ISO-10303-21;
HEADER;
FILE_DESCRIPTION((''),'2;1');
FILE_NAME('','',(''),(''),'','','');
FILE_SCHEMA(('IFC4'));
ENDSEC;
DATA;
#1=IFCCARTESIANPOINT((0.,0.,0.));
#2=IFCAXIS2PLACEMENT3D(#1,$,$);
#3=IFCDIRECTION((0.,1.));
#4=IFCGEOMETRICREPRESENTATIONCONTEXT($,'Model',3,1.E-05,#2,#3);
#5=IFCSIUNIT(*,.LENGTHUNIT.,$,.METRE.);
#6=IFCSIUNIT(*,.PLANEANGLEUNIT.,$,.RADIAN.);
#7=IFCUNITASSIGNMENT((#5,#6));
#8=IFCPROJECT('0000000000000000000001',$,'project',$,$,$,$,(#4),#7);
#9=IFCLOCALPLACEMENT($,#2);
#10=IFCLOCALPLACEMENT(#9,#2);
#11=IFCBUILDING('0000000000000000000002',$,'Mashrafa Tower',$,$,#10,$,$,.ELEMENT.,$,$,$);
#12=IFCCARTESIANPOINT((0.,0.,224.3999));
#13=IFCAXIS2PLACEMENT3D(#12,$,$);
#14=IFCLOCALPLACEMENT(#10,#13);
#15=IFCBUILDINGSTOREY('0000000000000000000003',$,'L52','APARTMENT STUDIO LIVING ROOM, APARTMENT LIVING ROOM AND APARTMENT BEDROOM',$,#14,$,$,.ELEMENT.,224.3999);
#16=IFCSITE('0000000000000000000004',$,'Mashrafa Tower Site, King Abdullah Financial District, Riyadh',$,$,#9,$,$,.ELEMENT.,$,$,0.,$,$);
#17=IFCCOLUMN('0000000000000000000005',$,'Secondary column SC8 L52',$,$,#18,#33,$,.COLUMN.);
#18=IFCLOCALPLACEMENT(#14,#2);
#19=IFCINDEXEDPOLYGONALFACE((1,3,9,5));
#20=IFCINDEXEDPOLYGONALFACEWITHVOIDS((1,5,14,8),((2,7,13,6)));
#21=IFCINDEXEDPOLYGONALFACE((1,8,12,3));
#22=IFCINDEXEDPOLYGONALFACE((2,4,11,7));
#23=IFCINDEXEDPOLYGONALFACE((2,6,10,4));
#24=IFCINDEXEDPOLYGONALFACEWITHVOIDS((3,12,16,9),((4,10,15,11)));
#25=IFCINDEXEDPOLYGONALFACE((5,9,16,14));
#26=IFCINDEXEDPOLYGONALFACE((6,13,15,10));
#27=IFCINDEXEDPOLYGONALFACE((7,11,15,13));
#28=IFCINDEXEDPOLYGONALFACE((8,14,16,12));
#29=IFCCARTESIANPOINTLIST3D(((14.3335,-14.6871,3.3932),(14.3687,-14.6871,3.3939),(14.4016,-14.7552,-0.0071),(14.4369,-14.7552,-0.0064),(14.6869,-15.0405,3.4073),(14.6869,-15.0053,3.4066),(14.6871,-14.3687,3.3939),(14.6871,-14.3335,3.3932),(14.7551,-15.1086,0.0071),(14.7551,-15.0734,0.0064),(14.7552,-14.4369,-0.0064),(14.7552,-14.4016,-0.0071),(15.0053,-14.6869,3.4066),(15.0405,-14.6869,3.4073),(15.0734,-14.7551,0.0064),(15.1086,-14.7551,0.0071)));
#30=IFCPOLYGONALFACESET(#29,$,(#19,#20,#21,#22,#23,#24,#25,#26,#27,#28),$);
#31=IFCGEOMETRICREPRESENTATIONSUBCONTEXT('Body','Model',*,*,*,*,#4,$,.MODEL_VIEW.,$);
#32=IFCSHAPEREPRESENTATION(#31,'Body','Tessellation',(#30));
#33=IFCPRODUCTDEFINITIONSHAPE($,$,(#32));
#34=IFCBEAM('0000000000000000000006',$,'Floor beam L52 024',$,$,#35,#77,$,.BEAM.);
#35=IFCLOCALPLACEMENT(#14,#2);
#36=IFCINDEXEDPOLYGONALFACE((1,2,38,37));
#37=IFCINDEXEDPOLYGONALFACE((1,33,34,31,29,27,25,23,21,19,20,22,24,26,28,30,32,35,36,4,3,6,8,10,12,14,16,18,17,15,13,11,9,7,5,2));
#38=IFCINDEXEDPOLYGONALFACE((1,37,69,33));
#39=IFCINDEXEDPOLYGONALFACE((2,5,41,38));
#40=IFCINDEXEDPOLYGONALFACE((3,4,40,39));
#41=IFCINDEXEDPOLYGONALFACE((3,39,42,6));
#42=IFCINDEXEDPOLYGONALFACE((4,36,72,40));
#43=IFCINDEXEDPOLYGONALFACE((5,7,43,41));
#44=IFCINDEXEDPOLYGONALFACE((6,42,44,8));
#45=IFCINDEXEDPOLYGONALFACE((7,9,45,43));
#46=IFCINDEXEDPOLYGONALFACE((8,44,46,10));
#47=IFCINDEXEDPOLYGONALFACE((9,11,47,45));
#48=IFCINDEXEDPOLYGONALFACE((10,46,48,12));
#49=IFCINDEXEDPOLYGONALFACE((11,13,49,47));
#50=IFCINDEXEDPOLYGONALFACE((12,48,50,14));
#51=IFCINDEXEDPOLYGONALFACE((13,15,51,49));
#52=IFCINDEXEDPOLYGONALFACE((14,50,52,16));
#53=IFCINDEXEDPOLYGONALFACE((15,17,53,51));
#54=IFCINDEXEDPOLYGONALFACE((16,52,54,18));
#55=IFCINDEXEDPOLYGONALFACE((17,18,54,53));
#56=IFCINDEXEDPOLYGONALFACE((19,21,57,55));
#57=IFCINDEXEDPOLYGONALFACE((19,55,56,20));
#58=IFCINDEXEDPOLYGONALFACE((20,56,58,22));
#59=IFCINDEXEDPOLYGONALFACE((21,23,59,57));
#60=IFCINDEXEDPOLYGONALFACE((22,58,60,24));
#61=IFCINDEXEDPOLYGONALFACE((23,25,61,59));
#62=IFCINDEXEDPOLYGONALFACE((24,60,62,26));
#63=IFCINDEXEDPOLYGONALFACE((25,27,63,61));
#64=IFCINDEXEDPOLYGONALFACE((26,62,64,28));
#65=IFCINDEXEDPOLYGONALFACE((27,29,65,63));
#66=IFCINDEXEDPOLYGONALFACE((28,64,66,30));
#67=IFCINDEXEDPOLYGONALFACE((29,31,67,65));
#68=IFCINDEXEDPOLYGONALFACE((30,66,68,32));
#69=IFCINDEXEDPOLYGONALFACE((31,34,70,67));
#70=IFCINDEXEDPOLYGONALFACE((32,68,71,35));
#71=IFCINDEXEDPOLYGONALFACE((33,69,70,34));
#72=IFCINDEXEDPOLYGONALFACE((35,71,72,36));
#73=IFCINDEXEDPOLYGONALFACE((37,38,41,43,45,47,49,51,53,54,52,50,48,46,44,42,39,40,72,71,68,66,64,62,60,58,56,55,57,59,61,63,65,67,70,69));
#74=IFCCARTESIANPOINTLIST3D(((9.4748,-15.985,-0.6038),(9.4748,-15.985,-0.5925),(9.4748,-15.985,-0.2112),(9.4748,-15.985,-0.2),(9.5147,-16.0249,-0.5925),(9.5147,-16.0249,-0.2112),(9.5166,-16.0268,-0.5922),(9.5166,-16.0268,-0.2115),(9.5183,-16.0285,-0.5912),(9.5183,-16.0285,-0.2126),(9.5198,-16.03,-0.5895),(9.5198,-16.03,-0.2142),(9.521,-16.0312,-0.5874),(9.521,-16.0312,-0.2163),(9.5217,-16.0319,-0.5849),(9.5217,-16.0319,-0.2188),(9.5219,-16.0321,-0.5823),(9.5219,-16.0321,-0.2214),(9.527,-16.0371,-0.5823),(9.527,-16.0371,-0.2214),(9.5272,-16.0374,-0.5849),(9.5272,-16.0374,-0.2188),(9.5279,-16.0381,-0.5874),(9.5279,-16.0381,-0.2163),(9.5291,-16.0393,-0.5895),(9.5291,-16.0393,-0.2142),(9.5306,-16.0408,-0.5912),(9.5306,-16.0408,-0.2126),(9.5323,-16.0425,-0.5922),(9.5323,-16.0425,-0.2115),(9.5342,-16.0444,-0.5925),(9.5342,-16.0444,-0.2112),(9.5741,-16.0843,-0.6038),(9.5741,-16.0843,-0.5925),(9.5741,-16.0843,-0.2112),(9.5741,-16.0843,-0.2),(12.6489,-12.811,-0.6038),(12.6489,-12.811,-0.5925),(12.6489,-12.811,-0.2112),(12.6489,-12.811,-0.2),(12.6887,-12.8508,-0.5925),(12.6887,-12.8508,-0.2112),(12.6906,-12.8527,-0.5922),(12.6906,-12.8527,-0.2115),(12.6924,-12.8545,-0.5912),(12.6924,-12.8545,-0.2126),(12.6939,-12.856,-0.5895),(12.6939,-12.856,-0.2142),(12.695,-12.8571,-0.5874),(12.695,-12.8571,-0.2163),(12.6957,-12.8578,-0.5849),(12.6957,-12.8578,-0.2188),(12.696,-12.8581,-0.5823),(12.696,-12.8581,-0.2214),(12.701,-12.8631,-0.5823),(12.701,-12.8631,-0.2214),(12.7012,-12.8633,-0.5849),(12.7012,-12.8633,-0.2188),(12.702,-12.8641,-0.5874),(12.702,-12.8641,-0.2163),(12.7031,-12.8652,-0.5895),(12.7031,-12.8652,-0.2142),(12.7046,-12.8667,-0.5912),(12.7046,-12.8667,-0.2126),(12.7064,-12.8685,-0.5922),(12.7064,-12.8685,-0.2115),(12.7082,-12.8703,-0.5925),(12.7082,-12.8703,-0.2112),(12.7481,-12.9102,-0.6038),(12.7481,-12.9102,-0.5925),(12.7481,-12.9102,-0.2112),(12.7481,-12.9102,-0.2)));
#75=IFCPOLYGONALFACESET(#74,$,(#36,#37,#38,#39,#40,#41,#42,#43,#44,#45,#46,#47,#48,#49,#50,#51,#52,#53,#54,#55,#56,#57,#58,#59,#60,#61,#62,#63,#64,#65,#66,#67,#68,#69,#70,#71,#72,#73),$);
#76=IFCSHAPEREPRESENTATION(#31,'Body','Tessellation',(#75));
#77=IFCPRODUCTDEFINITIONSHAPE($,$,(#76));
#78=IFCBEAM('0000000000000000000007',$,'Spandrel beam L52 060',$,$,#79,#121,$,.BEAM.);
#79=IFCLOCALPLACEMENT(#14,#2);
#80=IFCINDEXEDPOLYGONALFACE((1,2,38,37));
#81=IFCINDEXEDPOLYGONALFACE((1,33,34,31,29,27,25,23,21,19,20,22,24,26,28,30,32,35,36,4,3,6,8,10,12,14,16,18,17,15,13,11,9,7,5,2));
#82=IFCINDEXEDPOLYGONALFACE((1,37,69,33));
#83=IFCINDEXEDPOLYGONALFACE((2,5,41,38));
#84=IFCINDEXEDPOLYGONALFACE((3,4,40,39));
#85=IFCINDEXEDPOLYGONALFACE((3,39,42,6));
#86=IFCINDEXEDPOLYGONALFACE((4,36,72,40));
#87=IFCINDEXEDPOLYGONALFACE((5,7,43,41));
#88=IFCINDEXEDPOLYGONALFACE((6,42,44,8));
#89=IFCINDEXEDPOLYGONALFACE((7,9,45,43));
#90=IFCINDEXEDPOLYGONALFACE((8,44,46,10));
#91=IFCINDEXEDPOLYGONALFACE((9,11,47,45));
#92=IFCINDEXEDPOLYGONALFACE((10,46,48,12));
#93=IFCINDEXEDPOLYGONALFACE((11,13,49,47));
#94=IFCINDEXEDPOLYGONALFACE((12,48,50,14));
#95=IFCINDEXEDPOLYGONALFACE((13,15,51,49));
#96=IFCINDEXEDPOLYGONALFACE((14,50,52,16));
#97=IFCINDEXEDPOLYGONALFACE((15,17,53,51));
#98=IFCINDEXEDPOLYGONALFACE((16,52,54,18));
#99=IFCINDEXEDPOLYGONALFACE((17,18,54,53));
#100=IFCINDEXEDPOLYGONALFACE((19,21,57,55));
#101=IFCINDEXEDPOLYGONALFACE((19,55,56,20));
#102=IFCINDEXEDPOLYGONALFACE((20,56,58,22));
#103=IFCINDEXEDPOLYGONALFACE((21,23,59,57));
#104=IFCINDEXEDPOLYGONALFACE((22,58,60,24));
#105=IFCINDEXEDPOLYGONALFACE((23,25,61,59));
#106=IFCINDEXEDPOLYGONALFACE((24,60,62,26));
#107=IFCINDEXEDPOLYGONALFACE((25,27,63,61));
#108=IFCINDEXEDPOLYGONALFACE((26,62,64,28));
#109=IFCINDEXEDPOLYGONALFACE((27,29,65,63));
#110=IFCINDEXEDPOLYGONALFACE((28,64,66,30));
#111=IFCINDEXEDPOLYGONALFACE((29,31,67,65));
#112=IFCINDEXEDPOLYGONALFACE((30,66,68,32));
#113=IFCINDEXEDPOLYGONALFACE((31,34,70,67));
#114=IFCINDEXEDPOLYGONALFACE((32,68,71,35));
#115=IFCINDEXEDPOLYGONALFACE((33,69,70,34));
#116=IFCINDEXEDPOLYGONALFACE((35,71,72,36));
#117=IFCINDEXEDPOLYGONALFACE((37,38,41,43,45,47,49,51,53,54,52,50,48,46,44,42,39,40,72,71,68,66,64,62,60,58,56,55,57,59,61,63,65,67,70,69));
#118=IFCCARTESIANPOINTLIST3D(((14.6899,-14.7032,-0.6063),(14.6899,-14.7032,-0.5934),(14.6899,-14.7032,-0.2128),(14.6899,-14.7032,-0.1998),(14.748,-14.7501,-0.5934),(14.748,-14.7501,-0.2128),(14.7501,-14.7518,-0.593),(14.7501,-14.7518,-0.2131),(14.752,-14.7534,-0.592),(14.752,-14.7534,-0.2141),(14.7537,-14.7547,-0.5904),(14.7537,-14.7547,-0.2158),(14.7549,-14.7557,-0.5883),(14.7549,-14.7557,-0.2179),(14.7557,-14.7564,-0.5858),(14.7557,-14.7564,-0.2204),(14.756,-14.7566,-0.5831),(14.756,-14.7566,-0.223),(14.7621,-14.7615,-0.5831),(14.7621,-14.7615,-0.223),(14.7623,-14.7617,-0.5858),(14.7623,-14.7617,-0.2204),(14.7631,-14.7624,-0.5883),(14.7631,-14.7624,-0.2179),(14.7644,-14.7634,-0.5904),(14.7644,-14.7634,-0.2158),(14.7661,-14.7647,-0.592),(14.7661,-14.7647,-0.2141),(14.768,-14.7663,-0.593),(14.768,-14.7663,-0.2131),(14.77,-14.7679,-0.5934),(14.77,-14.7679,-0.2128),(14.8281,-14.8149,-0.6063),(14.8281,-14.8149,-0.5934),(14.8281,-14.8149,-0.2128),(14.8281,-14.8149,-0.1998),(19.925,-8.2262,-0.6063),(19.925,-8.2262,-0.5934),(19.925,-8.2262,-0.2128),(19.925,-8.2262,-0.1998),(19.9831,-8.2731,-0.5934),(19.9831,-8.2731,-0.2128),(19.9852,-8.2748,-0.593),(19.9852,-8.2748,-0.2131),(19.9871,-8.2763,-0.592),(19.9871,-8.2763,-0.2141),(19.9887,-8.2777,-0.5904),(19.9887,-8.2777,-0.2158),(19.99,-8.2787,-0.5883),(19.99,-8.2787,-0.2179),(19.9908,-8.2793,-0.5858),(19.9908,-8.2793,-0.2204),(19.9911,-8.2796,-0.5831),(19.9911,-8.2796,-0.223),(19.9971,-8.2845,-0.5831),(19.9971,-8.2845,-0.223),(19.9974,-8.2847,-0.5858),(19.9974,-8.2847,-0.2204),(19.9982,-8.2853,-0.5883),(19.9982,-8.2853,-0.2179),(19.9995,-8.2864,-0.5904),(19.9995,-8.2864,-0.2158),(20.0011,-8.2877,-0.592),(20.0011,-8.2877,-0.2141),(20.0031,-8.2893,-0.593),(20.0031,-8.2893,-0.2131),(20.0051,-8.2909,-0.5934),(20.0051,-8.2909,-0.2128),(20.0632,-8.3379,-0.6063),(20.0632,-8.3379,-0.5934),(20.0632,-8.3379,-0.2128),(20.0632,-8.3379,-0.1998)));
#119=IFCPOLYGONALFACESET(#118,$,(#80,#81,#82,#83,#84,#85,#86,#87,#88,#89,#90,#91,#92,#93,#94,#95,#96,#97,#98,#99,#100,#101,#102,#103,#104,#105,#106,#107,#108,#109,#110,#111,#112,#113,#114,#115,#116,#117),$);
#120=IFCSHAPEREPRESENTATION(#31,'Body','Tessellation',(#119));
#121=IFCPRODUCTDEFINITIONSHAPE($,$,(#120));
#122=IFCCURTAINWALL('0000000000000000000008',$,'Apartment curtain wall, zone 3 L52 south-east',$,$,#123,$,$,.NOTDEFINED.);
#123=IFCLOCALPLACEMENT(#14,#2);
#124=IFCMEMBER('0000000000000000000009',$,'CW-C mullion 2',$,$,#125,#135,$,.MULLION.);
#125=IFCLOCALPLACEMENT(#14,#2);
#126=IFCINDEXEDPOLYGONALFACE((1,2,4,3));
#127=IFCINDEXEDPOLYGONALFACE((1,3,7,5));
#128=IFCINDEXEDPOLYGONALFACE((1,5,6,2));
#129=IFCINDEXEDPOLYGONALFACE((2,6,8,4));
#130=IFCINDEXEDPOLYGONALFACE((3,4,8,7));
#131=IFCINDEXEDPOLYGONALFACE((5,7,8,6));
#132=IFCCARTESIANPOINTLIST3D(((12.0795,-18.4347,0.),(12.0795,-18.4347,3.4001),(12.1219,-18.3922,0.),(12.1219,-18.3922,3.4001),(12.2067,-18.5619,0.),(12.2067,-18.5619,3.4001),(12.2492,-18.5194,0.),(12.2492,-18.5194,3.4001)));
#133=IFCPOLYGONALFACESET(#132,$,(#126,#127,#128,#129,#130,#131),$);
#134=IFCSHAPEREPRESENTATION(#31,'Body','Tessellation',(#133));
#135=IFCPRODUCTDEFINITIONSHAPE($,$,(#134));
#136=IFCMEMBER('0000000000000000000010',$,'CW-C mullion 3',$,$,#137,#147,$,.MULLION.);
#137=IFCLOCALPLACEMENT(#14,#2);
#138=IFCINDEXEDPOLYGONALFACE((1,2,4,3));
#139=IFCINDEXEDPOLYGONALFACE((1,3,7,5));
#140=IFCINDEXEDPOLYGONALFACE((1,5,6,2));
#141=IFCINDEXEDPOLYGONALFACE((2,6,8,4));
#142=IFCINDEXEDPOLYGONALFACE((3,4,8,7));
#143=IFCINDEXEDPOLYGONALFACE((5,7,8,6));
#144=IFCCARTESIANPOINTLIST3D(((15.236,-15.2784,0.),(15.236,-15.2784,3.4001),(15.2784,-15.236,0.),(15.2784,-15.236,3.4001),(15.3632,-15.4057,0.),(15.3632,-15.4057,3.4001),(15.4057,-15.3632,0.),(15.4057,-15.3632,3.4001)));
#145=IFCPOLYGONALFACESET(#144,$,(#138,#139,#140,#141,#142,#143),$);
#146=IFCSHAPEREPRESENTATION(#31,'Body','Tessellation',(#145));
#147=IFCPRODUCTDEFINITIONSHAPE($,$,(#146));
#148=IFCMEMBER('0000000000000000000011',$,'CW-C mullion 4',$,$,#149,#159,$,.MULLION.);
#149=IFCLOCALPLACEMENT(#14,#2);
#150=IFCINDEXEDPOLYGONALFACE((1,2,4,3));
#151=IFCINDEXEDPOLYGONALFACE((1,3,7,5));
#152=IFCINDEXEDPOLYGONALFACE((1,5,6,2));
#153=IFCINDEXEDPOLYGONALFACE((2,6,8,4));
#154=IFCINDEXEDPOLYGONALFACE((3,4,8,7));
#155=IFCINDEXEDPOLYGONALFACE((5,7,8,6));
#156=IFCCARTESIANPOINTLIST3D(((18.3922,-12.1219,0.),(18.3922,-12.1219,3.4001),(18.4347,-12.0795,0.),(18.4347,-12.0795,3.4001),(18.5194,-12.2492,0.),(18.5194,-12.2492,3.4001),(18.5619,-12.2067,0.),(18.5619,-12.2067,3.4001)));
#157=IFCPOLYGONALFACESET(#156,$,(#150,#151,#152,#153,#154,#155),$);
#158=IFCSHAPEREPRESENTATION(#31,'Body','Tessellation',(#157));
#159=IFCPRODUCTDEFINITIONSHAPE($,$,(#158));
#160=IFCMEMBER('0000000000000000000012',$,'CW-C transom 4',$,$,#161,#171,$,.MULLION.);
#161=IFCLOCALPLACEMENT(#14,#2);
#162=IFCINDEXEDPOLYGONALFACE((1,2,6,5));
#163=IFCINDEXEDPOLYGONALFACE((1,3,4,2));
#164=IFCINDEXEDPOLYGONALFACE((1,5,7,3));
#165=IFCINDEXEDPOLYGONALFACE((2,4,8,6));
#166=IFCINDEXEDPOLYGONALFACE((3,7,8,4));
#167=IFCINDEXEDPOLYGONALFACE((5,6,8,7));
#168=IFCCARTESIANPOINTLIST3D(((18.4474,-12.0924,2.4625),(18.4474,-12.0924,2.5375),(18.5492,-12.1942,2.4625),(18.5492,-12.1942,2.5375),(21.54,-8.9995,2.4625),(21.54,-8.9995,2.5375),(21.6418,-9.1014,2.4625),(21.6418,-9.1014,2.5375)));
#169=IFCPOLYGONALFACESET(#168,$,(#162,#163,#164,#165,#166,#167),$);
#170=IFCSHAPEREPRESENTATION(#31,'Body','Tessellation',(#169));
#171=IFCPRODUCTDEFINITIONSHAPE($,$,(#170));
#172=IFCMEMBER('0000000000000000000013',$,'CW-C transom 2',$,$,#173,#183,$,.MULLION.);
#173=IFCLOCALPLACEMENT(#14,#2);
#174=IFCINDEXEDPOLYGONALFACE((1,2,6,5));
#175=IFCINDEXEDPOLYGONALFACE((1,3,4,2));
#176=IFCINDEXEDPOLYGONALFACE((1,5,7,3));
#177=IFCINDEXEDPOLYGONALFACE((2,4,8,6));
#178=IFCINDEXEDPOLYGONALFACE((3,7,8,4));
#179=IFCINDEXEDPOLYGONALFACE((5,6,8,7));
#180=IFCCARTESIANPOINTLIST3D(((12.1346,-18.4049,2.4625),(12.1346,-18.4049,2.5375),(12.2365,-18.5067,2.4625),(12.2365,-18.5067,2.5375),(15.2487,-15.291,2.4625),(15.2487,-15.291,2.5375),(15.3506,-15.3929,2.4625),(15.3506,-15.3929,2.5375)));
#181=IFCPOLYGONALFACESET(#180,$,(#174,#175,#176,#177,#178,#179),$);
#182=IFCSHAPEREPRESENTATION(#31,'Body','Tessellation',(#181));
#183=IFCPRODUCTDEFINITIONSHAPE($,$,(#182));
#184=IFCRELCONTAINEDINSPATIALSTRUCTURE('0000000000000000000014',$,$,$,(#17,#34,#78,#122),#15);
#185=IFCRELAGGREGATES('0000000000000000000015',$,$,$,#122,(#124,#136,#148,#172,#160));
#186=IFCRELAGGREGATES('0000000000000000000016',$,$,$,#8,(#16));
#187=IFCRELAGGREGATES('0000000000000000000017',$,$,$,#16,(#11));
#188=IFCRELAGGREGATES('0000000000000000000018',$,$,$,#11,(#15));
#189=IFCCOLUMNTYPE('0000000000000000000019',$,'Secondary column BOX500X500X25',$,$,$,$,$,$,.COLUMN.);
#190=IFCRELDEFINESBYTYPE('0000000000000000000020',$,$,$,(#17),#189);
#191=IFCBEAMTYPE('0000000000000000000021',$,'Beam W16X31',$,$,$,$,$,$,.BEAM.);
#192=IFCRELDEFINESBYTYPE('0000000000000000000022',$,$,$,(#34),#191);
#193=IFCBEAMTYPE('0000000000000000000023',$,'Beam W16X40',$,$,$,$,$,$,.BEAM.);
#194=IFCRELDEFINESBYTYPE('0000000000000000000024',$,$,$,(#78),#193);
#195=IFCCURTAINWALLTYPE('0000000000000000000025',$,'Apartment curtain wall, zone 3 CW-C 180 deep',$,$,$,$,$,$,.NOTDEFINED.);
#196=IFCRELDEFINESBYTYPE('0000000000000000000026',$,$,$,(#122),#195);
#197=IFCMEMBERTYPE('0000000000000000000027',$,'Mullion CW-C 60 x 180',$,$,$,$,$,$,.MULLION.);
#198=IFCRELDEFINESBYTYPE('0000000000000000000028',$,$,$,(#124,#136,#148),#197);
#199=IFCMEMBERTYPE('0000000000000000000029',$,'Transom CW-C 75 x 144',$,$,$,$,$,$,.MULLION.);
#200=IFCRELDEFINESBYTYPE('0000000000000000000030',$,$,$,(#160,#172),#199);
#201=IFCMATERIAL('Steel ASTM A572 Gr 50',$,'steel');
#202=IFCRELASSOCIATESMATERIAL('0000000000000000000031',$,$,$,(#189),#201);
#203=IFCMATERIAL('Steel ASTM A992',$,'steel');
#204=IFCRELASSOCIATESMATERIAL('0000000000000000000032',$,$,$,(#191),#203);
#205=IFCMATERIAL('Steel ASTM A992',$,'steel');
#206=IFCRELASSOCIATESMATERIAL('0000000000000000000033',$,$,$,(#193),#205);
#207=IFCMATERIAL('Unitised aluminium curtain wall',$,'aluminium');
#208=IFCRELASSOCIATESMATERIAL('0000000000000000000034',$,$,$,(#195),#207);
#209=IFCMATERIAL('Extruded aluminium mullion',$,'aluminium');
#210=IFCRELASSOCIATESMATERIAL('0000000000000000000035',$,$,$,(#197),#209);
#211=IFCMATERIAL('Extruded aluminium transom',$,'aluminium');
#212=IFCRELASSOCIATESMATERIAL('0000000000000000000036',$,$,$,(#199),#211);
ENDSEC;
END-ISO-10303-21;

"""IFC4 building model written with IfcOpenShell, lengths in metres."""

from ifc_helpers import new_model, si_unit, direction, frame, origin, origin_2d, place, context, subcontext, project, spatial, rectangle, hollow_rectangle, i_section, extrude, source, transform, mapped, material, material_profile, profile_set, type_object, type_shapes, element, aggregate, save


model = new_model("IFC4")

# Units and contexts
model_context = context("Model", 3, precision=1e-05, world=origin(), true_north=direction((0.0, 1.0)))
body_context = subcontext(model_context, "Body", "Model", "MODEL_VIEW")
ifc_project = project(units=[si_unit("LENGTHUNIT", "METRE"), si_unit("PLANEANGLEUNIT", "RADIAN")], contexts=[model_context])

# Site, building, storey
site_placement = place(None, origin())
site = spatial("IfcSite", under=ifc_project, at=site_placement, Name="Mashrafa Tower Site, King Abdullah Financial District, Riyadh", CompositionType="ELEMENT", RefElevation=0.0)
building_placement = place(site_placement, origin())
building = spatial("IfcBuilding", under=site, at=building_placement, Name="Mashrafa Tower", CompositionType="ELEMENT")
storey_placement = place(building_placement, frame((0.0, 0.0, 224.3999)))
storey = spatial("IfcBuildingStorey", under=building, at=storey_placement, Name="L52", Description="APARTMENT STUDIO LIVING ROOM, APARTMENT LIVING ROOM AND APARTMENT BEDROOM", CompositionType="ELEMENT", Elevation=224.3999)

# Column
ifc_material_1 = material(Name="Steel ASTM A572 Gr 50", Category="steel")
ifc_material_profile_1 = material_profile(ifc_material_1, hollow_rectangle(XDim=0.5, YDim=0.5, WallThickness=0.0249, at=origin_2d()), Name="BOX500X500X25")
ifc_profile_set_1 = profile_set([ifc_material_profile_1], Name="Steel ASTM A572 Gr 50")
column_type = type_object("IfcColumnType", Name="Secondary column BOX500X500X25", PredefinedType="COLUMN", material=ifc_profile_set_1)
column_placement = place(storey_placement, frame((14.7551, -14.7551, 0.0), z_axis=(-0.020025, 0.020025, 0.999599), x_axis=(-0.707107, -0.707107, 0.0)))
element("IfcColumn", 1, at=column_placement, inside=storey, type_object=column_type, Name="Secondary column SC8 L52", PredefinedType="COLUMN", context=body_context, shape_type="SweptSolid", body=[
    extrude(hollow_rectangle(XDim=0.5, YDim=0.5, WallThickness=0.0249, at=origin_2d()), origin(), (0.0, 0.0, 1.0), 3.4016),
])

# Beams
ifc_material_2 = material(Name="Steel ASTM A992", Category="steel")
ifc_material_profile_2 = material_profile(ifc_material_2, i_section(OverallWidth=0.1404, OverallDepth=0.4038, WebThickness=0.0071, FlangeThickness=0.0112, FilletRadius=0.0103, at=origin_2d()), Name="W16X31")
ifc_profile_set_2 = profile_set([ifc_material_profile_2], Name="Steel ASTM A992")
beam_type_1 = type_object("IfcBeamType", Name="Beam W16X31", PredefinedType="BEAM", material=ifc_profile_set_2)
beam_1_placement = place(storey_placement, frame((12.6985, -12.8606, -0.4019), z_axis=(-0.707107, -0.707107, 0.0), x_axis=(0.707107, -0.707107, 0.0)))
element("IfcBeam", 2, at=beam_1_placement, inside=storey, type_object=beam_type_1, Name="Floor beam L52 024", PredefinedType="BEAM", context=body_context, shape_type="SweptSolid", body=[
    extrude(i_section(OverallWidth=0.1404, OverallDepth=0.4038, WebThickness=0.0071, FlangeThickness=0.0112, FilletRadius=0.0103, at=origin_2d()), origin(), (0.0, 0.0, 1.0), 4.4888),
])
ifc_material_3 = material(Name="Steel ASTM A992", Category="steel")
ifc_material_profile_3 = material_profile(ifc_material_3, i_section(OverallWidth=0.1777, OverallDepth=0.4065, WebThickness=0.0078, FlangeThickness=0.0129, FilletRadius=0.0103, at=origin_2d()), Name="W16X40")
ifc_profile_set_3 = profile_set([ifc_material_profile_3], Name="Steel ASTM A992")
beam_type_2 = type_object("IfcBeamType", Name="Beam W16X40", PredefinedType="BEAM", material=ifc_profile_set_3)
beam_2_placement = place(storey_placement, frame((14.759, -14.759, -0.4031), z_axis=(0.628602, 0.777727, 0.0), x_axis=(-0.777727, 0.628602, 0.0)))
element("IfcBeam", 3, at=beam_2_placement, inside=storey, type_object=beam_type_2, Name="Spandrel beam L52 060", PredefinedType="BEAM", context=body_context, shape_type="SweptSolid", body=[
    extrude(i_section(OverallWidth=0.1777, OverallDepth=0.4065, WebThickness=0.0078, FlangeThickness=0.0129, FilletRadius=0.0103, at=origin_2d()), origin(), (0.0, 0.0, 1.0), 8.3281),
])

# Curtain wall, members
ifc_material_4 = material(Name="Unitised aluminium curtain wall", Category="aluminium")
curtain_wall_type = type_object("IfcCurtainWallType", Name="Apartment curtain wall, zone 3 CW-C 180 deep", PredefinedType="NOTDEFINED", material=ifc_material_4)
curtain_wall_placement = place(storey_placement, origin())
curtain_wall = element("IfcCurtainWall", 4, at=curtain_wall_placement, inside=storey, type_object=curtain_wall_type, Name="Apartment curtain wall, zone 3 L52 south-east", PredefinedType="NOTDEFINED")
ifc_material_5 = material(Name="Extruded aluminium mullion", Category="aluminium")
ifc_material_profile_4 = material_profile(ifc_material_5, rectangle(XDim=0.1799, YDim=0.0601, at=origin_2d()), Name="Mullion 60x180")
ifc_profile_set_4 = profile_set([ifc_material_profile_4], Name="Extruded aluminium mullion")
member_type_1 = type_object("IfcMemberType", Name="Mullion CW-C 60 x 180", PredefinedType="MULLION", material=ifc_profile_set_4)
shared_shape_1 = source(origin(), body_context, "Body", "SweptSolid", [
    extrude(rectangle(XDim=0.1799, YDim=0.0601, at=origin_2d()), origin(), (0.0, 0.0, 1.0), 3.4001),
])
type_shapes(member_type_1, [shared_shape_1])
member_1_placement = place(storey_placement, frame((12.1643, -18.4771, 0.0), z_axis=(0.0, 0.0, 1.0), x_axis=(-0.707107, 0.707107, 0.0)))
member_1 = element("IfcMember", 5, at=member_1_placement, type_object=member_type_1, Name="CW-C mullion 2", PredefinedType="MULLION", context=body_context, shape_type="MappedRepresentation", body=[
    mapped(shared_shape_1, transform((0.0, 0.0, 0.0))),
])
member_2_placement = place(storey_placement, frame((15.3208, -15.3208, 0.0), z_axis=(0.0, 0.0, 1.0), x_axis=(-0.707107, 0.707107, 0.0)))
member_2 = element("IfcMember", 6, at=member_2_placement, type_object=member_type_1, Name="CW-C mullion 3", PredefinedType="MULLION", context=body_context, shape_type="MappedRepresentation", body=[
    mapped(shared_shape_1, transform((0.0, 0.0, 0.0))),
])
member_3_placement = place(storey_placement, frame((18.4771, -12.1643, 0.0), z_axis=(0.0, 0.0, 1.0), x_axis=(-0.707107, 0.707107, 0.0)))
member_3 = element("IfcMember", 7, at=member_3_placement, type_object=member_type_1, Name="CW-C mullion 4", PredefinedType="MULLION", context=body_context, shape_type="MappedRepresentation", body=[
    mapped(shared_shape_1, transform((0.0, 0.0, 0.0))),
])
ifc_material_6 = material(Name="Extruded aluminium transom", Category="aluminium")
ifc_material_profile_5 = material_profile(ifc_material_6, rectangle(XDim=0.144, YDim=0.075, at=origin_2d()), Name="Transom 75x144")
ifc_profile_set_5 = profile_set([ifc_material_profile_5], Name="Extruded aluminium transom")
member_type_2 = type_object("IfcMemberType", Name="Transom CW-C 75 x 144", PredefinedType="MULLION", material=ifc_profile_set_5)
shared_shape_2 = source(origin(), body_context, "Body", "SweptSolid", [
    extrude(rectangle(XDim=0.144, YDim=0.075, at=origin_2d()), origin(), (0.0, 0.0, 1.0), 4.3738),
])
member_4_placement = place(storey_placement, frame((18.4983, -12.1433, 2.5), z_axis=(0.707079, 0.707135, 0.0), x_axis=(-0.707135, 0.707079, 0.0)))
member_4 = element("IfcMember", 8, at=member_4_placement, type_object=member_type_2, Name="CW-C transom 4", PredefinedType="MULLION", context=body_context, shape_type="MappedRepresentation", body=[
    mapped(shared_shape_2, transform((0.0, 0.0, 0.0))),
])
shared_shape_3 = source(origin(), body_context, "Body", "SweptSolid", [
    extrude(rectangle(XDim=0.144, YDim=0.075, at=origin_2d()), origin(), (0.0, 0.0, 1.0), 4.4038),
])
type_shapes(member_type_2, [shared_shape_2, shared_shape_3])
member_5_placement = place(storey_placement, frame((12.1855, -18.4558, 2.5), z_axis=(0.707135, 0.707079, 0.0), x_axis=(-0.707079, 0.707135, 0.0)))
member_5 = element("IfcMember", 9, at=member_5_placement, type_object=member_type_2, Name="CW-C transom 2", PredefinedType="MULLION", context=body_context, shape_type="MappedRepresentation", body=[
    mapped(shared_shape_3, transform((0.0, 0.0, 0.0))),
])
aggregate(curtain_wall, [member_1, member_2, member_3, member_5, member_4])

save(model, "model.ifc")
